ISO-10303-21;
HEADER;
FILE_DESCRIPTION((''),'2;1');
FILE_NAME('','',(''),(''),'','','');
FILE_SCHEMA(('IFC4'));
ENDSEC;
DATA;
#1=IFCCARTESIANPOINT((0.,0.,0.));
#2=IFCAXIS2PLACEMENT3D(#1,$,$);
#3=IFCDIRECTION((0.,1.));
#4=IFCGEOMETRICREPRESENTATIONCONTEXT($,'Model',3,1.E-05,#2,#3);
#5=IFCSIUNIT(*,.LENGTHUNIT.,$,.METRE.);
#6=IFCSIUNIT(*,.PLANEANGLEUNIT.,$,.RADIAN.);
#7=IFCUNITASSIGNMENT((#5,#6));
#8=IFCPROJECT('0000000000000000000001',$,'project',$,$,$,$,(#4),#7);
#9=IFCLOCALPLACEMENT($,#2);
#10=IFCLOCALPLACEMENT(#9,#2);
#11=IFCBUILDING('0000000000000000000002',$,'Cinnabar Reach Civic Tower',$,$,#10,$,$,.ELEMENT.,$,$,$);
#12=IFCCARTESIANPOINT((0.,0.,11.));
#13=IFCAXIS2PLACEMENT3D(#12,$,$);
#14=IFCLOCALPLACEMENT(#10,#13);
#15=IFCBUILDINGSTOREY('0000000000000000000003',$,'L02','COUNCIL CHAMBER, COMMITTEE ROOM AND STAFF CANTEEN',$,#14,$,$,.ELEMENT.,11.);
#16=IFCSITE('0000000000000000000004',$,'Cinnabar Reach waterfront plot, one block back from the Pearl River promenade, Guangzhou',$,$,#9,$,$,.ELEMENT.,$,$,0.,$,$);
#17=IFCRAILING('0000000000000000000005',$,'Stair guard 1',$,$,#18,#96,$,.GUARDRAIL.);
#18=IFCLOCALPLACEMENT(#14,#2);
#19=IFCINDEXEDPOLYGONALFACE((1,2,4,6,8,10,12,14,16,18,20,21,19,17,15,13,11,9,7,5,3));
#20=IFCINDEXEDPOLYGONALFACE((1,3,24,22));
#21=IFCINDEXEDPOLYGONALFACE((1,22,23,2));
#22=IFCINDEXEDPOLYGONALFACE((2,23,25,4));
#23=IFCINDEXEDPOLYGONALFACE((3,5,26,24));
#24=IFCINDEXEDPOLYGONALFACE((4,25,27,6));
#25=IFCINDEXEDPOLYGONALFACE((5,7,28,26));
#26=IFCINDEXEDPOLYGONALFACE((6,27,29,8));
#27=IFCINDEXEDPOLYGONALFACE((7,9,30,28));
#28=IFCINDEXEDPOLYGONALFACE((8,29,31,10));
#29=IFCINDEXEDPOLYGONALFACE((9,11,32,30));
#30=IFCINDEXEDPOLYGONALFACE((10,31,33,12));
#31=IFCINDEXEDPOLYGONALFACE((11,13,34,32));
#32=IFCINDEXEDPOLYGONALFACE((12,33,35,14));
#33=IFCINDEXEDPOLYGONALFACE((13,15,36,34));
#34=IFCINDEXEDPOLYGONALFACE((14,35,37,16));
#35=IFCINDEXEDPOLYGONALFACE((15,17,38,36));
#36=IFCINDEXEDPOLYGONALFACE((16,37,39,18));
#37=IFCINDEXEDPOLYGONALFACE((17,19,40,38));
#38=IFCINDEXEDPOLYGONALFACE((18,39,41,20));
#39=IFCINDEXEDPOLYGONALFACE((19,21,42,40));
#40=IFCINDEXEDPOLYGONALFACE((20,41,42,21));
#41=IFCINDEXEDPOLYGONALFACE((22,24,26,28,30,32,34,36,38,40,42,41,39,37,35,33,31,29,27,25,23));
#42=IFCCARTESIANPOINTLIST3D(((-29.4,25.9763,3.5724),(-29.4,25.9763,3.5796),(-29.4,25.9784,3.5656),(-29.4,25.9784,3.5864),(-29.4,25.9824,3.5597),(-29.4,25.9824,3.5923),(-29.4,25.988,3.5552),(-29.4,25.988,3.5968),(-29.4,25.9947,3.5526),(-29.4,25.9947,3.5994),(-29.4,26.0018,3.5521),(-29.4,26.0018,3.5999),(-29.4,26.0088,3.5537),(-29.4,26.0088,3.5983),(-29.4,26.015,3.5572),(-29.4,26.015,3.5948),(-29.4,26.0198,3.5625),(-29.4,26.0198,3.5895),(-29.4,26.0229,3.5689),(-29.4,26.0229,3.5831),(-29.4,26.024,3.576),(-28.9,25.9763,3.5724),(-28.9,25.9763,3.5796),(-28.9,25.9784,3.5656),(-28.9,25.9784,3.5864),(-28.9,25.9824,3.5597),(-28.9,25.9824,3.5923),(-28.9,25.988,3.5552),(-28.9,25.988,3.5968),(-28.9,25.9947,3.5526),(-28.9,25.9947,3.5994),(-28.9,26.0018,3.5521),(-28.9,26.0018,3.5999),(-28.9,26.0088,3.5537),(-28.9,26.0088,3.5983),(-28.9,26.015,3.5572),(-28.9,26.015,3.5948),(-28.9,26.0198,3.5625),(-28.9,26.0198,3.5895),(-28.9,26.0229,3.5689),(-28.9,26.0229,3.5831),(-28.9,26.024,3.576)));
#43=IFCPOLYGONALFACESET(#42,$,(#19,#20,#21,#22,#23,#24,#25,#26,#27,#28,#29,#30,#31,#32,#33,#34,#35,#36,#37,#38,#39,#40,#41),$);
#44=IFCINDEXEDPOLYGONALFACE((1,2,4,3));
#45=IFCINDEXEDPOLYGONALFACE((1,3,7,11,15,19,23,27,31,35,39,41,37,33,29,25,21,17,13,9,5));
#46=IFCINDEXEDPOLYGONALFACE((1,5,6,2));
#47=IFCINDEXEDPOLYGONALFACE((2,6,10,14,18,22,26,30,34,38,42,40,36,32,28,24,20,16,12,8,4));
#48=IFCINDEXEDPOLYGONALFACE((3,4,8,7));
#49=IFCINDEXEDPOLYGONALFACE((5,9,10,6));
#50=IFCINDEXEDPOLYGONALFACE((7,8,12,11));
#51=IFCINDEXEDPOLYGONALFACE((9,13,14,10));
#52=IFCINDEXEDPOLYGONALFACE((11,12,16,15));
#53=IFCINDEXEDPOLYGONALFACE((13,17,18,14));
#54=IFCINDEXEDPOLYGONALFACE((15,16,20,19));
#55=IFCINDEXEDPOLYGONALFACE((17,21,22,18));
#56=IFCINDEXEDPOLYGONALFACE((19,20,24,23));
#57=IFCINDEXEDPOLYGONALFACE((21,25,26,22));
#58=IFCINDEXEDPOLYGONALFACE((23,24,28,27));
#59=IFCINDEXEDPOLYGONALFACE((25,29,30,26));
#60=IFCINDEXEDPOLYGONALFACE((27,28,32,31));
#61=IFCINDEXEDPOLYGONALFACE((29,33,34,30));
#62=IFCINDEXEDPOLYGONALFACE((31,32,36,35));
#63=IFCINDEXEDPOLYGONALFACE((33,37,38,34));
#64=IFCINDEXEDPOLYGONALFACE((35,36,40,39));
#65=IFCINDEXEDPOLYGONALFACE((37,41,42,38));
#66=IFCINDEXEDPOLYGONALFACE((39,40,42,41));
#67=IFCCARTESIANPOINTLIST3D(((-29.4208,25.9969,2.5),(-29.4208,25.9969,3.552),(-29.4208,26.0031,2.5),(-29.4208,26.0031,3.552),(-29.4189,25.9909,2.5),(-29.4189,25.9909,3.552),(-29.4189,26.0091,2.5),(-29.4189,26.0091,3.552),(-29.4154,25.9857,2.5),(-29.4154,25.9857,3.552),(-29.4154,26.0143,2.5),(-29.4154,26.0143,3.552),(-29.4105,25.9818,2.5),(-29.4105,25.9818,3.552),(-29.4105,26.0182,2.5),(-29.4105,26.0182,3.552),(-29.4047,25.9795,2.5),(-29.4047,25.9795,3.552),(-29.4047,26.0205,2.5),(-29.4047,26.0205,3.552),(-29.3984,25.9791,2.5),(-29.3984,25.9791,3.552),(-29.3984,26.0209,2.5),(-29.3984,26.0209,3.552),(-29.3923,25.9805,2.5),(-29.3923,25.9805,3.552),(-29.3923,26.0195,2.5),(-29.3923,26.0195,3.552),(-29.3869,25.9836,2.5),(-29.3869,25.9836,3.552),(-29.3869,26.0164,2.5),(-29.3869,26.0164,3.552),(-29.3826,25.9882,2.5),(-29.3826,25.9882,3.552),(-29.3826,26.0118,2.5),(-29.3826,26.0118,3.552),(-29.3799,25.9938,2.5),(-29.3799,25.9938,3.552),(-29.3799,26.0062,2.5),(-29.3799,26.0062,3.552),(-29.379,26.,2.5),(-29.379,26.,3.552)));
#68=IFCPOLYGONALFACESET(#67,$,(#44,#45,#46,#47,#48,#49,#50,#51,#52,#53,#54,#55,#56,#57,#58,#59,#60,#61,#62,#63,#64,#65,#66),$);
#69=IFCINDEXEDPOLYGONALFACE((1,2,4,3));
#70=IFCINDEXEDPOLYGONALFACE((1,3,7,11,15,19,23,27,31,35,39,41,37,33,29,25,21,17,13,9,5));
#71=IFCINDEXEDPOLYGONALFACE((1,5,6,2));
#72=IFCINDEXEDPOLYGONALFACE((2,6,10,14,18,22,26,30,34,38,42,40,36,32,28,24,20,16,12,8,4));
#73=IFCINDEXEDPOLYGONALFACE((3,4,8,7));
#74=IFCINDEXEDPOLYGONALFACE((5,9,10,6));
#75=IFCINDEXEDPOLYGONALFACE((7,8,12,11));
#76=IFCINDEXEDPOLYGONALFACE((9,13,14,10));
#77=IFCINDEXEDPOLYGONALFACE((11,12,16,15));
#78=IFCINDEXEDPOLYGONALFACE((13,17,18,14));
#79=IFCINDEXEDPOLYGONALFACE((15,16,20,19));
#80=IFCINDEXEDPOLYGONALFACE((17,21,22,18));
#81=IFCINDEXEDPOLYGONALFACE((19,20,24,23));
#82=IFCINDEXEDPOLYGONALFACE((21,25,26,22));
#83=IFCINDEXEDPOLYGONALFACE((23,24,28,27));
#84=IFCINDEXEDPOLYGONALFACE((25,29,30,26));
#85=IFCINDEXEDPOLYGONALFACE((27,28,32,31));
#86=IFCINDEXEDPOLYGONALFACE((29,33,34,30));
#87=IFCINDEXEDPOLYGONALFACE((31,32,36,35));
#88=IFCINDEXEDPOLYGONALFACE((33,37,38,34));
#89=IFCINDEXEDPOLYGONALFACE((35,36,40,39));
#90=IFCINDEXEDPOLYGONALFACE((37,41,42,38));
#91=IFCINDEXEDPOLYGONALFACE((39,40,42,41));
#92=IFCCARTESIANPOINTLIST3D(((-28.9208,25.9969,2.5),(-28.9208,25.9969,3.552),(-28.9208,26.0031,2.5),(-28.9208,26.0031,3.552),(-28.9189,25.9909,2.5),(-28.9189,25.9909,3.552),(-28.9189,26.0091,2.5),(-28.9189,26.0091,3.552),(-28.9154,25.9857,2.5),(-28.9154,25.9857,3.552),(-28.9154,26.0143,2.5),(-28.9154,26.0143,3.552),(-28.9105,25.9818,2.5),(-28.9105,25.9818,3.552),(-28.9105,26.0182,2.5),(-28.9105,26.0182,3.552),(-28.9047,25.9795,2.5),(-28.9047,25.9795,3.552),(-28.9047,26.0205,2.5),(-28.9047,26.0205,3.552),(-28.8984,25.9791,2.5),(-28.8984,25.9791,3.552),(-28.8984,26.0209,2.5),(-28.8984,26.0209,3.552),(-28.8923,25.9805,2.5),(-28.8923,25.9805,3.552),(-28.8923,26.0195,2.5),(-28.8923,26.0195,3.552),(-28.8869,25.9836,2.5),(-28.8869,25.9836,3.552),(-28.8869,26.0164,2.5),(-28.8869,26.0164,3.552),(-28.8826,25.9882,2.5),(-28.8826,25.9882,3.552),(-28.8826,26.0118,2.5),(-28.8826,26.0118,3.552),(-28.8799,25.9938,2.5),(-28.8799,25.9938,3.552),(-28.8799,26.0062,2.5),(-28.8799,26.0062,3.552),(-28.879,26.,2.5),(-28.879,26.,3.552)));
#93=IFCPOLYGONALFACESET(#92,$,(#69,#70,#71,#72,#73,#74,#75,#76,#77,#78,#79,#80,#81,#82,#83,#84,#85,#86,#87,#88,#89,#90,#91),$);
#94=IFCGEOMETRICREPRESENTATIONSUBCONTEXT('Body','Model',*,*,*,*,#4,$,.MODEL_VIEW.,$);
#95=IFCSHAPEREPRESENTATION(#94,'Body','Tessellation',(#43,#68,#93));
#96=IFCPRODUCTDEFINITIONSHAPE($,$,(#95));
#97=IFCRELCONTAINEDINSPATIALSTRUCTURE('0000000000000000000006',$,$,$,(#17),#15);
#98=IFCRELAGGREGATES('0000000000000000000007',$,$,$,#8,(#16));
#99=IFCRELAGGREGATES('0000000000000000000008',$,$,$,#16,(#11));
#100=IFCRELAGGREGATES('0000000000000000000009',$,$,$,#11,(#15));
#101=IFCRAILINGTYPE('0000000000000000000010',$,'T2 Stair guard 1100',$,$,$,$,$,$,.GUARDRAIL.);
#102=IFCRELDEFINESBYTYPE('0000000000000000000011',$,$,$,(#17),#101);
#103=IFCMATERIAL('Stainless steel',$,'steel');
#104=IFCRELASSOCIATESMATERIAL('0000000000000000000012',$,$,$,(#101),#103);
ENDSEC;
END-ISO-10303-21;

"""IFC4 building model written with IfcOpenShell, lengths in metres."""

from ifc_helpers import new_model, si_unit, direction, frame, origin, origin_2d, place, context, subcontext, project, spatial, circle, extrude, material, type_object, element, save


model = new_model("IFC4")

# Units and contexts
model_context = context("Model", 3, precision=1e-05, world=origin(), true_north=direction((0.0, 1.0)))
body_context = subcontext(model_context, "Body", "Model", "MODEL_VIEW")
ifc_project = project(units=[si_unit("LENGTHUNIT", "METRE"), si_unit("PLANEANGLEUNIT", "RADIAN")], contexts=[model_context])

# Site, building, storey
site_placement = place(None, origin())
site = spatial("IfcSite", under=ifc_project, at=site_placement, Name="Cinnabar Reach waterfront plot, one block back from the Pearl River promenade, Guangzhou", CompositionType="ELEMENT", RefElevation=0.0)
building_placement = place(site_placement, origin())
building = spatial("IfcBuilding", under=site, at=building_placement, Name="Cinnabar Reach Civic Tower", CompositionType="ELEMENT")
storey_placement = place(building_placement, frame((0.0, 0.0, 11.0)))
storey = spatial("IfcBuildingStorey", under=building, at=storey_placement, Name="L02", Description="COUNCIL CHAMBER, COMMITTEE ROOM AND STAFF CANTEEN", CompositionType="ELEMENT", Elevation=11.0)

# Railing
ifc_material_1 = material(Name="Stainless steel", Category="steel")
railing_type = type_object("IfcRailingType", Name="T2 Stair guard 1100", PredefinedType="GUARDRAIL", material=ifc_material_1)
railing_1_placement = place(storey_placement, frame((-29.4, 26.0, 2.5)))
element("IfcRailing", 1, at=railing_1_placement, inside=storey, type_object=railing_type, Name="Stair guard 1", PredefinedType="GUARDRAIL", context=body_context, shape_type="SweptSolid", body=[
    extrude(circle(Radius=0.024, at=origin_2d()), frame((0.0, 0.0, 1.076), z_axis=(1.0, 0.0, 0.0), x_axis=(0.0, 1.0, 0.0)), (0.0, 0.0, 1.0), 0.5),
    extrude(circle(Radius=0.021, at=origin_2d()), origin(), (0.0, 0.0, 1.0), 1.052),
    extrude(circle(Radius=0.021, at=origin_2d()), frame((0.5, 0.0, 0.0)), (0.0, 0.0, 1.0), 1.052),
])

save(model, "model.ifc")
